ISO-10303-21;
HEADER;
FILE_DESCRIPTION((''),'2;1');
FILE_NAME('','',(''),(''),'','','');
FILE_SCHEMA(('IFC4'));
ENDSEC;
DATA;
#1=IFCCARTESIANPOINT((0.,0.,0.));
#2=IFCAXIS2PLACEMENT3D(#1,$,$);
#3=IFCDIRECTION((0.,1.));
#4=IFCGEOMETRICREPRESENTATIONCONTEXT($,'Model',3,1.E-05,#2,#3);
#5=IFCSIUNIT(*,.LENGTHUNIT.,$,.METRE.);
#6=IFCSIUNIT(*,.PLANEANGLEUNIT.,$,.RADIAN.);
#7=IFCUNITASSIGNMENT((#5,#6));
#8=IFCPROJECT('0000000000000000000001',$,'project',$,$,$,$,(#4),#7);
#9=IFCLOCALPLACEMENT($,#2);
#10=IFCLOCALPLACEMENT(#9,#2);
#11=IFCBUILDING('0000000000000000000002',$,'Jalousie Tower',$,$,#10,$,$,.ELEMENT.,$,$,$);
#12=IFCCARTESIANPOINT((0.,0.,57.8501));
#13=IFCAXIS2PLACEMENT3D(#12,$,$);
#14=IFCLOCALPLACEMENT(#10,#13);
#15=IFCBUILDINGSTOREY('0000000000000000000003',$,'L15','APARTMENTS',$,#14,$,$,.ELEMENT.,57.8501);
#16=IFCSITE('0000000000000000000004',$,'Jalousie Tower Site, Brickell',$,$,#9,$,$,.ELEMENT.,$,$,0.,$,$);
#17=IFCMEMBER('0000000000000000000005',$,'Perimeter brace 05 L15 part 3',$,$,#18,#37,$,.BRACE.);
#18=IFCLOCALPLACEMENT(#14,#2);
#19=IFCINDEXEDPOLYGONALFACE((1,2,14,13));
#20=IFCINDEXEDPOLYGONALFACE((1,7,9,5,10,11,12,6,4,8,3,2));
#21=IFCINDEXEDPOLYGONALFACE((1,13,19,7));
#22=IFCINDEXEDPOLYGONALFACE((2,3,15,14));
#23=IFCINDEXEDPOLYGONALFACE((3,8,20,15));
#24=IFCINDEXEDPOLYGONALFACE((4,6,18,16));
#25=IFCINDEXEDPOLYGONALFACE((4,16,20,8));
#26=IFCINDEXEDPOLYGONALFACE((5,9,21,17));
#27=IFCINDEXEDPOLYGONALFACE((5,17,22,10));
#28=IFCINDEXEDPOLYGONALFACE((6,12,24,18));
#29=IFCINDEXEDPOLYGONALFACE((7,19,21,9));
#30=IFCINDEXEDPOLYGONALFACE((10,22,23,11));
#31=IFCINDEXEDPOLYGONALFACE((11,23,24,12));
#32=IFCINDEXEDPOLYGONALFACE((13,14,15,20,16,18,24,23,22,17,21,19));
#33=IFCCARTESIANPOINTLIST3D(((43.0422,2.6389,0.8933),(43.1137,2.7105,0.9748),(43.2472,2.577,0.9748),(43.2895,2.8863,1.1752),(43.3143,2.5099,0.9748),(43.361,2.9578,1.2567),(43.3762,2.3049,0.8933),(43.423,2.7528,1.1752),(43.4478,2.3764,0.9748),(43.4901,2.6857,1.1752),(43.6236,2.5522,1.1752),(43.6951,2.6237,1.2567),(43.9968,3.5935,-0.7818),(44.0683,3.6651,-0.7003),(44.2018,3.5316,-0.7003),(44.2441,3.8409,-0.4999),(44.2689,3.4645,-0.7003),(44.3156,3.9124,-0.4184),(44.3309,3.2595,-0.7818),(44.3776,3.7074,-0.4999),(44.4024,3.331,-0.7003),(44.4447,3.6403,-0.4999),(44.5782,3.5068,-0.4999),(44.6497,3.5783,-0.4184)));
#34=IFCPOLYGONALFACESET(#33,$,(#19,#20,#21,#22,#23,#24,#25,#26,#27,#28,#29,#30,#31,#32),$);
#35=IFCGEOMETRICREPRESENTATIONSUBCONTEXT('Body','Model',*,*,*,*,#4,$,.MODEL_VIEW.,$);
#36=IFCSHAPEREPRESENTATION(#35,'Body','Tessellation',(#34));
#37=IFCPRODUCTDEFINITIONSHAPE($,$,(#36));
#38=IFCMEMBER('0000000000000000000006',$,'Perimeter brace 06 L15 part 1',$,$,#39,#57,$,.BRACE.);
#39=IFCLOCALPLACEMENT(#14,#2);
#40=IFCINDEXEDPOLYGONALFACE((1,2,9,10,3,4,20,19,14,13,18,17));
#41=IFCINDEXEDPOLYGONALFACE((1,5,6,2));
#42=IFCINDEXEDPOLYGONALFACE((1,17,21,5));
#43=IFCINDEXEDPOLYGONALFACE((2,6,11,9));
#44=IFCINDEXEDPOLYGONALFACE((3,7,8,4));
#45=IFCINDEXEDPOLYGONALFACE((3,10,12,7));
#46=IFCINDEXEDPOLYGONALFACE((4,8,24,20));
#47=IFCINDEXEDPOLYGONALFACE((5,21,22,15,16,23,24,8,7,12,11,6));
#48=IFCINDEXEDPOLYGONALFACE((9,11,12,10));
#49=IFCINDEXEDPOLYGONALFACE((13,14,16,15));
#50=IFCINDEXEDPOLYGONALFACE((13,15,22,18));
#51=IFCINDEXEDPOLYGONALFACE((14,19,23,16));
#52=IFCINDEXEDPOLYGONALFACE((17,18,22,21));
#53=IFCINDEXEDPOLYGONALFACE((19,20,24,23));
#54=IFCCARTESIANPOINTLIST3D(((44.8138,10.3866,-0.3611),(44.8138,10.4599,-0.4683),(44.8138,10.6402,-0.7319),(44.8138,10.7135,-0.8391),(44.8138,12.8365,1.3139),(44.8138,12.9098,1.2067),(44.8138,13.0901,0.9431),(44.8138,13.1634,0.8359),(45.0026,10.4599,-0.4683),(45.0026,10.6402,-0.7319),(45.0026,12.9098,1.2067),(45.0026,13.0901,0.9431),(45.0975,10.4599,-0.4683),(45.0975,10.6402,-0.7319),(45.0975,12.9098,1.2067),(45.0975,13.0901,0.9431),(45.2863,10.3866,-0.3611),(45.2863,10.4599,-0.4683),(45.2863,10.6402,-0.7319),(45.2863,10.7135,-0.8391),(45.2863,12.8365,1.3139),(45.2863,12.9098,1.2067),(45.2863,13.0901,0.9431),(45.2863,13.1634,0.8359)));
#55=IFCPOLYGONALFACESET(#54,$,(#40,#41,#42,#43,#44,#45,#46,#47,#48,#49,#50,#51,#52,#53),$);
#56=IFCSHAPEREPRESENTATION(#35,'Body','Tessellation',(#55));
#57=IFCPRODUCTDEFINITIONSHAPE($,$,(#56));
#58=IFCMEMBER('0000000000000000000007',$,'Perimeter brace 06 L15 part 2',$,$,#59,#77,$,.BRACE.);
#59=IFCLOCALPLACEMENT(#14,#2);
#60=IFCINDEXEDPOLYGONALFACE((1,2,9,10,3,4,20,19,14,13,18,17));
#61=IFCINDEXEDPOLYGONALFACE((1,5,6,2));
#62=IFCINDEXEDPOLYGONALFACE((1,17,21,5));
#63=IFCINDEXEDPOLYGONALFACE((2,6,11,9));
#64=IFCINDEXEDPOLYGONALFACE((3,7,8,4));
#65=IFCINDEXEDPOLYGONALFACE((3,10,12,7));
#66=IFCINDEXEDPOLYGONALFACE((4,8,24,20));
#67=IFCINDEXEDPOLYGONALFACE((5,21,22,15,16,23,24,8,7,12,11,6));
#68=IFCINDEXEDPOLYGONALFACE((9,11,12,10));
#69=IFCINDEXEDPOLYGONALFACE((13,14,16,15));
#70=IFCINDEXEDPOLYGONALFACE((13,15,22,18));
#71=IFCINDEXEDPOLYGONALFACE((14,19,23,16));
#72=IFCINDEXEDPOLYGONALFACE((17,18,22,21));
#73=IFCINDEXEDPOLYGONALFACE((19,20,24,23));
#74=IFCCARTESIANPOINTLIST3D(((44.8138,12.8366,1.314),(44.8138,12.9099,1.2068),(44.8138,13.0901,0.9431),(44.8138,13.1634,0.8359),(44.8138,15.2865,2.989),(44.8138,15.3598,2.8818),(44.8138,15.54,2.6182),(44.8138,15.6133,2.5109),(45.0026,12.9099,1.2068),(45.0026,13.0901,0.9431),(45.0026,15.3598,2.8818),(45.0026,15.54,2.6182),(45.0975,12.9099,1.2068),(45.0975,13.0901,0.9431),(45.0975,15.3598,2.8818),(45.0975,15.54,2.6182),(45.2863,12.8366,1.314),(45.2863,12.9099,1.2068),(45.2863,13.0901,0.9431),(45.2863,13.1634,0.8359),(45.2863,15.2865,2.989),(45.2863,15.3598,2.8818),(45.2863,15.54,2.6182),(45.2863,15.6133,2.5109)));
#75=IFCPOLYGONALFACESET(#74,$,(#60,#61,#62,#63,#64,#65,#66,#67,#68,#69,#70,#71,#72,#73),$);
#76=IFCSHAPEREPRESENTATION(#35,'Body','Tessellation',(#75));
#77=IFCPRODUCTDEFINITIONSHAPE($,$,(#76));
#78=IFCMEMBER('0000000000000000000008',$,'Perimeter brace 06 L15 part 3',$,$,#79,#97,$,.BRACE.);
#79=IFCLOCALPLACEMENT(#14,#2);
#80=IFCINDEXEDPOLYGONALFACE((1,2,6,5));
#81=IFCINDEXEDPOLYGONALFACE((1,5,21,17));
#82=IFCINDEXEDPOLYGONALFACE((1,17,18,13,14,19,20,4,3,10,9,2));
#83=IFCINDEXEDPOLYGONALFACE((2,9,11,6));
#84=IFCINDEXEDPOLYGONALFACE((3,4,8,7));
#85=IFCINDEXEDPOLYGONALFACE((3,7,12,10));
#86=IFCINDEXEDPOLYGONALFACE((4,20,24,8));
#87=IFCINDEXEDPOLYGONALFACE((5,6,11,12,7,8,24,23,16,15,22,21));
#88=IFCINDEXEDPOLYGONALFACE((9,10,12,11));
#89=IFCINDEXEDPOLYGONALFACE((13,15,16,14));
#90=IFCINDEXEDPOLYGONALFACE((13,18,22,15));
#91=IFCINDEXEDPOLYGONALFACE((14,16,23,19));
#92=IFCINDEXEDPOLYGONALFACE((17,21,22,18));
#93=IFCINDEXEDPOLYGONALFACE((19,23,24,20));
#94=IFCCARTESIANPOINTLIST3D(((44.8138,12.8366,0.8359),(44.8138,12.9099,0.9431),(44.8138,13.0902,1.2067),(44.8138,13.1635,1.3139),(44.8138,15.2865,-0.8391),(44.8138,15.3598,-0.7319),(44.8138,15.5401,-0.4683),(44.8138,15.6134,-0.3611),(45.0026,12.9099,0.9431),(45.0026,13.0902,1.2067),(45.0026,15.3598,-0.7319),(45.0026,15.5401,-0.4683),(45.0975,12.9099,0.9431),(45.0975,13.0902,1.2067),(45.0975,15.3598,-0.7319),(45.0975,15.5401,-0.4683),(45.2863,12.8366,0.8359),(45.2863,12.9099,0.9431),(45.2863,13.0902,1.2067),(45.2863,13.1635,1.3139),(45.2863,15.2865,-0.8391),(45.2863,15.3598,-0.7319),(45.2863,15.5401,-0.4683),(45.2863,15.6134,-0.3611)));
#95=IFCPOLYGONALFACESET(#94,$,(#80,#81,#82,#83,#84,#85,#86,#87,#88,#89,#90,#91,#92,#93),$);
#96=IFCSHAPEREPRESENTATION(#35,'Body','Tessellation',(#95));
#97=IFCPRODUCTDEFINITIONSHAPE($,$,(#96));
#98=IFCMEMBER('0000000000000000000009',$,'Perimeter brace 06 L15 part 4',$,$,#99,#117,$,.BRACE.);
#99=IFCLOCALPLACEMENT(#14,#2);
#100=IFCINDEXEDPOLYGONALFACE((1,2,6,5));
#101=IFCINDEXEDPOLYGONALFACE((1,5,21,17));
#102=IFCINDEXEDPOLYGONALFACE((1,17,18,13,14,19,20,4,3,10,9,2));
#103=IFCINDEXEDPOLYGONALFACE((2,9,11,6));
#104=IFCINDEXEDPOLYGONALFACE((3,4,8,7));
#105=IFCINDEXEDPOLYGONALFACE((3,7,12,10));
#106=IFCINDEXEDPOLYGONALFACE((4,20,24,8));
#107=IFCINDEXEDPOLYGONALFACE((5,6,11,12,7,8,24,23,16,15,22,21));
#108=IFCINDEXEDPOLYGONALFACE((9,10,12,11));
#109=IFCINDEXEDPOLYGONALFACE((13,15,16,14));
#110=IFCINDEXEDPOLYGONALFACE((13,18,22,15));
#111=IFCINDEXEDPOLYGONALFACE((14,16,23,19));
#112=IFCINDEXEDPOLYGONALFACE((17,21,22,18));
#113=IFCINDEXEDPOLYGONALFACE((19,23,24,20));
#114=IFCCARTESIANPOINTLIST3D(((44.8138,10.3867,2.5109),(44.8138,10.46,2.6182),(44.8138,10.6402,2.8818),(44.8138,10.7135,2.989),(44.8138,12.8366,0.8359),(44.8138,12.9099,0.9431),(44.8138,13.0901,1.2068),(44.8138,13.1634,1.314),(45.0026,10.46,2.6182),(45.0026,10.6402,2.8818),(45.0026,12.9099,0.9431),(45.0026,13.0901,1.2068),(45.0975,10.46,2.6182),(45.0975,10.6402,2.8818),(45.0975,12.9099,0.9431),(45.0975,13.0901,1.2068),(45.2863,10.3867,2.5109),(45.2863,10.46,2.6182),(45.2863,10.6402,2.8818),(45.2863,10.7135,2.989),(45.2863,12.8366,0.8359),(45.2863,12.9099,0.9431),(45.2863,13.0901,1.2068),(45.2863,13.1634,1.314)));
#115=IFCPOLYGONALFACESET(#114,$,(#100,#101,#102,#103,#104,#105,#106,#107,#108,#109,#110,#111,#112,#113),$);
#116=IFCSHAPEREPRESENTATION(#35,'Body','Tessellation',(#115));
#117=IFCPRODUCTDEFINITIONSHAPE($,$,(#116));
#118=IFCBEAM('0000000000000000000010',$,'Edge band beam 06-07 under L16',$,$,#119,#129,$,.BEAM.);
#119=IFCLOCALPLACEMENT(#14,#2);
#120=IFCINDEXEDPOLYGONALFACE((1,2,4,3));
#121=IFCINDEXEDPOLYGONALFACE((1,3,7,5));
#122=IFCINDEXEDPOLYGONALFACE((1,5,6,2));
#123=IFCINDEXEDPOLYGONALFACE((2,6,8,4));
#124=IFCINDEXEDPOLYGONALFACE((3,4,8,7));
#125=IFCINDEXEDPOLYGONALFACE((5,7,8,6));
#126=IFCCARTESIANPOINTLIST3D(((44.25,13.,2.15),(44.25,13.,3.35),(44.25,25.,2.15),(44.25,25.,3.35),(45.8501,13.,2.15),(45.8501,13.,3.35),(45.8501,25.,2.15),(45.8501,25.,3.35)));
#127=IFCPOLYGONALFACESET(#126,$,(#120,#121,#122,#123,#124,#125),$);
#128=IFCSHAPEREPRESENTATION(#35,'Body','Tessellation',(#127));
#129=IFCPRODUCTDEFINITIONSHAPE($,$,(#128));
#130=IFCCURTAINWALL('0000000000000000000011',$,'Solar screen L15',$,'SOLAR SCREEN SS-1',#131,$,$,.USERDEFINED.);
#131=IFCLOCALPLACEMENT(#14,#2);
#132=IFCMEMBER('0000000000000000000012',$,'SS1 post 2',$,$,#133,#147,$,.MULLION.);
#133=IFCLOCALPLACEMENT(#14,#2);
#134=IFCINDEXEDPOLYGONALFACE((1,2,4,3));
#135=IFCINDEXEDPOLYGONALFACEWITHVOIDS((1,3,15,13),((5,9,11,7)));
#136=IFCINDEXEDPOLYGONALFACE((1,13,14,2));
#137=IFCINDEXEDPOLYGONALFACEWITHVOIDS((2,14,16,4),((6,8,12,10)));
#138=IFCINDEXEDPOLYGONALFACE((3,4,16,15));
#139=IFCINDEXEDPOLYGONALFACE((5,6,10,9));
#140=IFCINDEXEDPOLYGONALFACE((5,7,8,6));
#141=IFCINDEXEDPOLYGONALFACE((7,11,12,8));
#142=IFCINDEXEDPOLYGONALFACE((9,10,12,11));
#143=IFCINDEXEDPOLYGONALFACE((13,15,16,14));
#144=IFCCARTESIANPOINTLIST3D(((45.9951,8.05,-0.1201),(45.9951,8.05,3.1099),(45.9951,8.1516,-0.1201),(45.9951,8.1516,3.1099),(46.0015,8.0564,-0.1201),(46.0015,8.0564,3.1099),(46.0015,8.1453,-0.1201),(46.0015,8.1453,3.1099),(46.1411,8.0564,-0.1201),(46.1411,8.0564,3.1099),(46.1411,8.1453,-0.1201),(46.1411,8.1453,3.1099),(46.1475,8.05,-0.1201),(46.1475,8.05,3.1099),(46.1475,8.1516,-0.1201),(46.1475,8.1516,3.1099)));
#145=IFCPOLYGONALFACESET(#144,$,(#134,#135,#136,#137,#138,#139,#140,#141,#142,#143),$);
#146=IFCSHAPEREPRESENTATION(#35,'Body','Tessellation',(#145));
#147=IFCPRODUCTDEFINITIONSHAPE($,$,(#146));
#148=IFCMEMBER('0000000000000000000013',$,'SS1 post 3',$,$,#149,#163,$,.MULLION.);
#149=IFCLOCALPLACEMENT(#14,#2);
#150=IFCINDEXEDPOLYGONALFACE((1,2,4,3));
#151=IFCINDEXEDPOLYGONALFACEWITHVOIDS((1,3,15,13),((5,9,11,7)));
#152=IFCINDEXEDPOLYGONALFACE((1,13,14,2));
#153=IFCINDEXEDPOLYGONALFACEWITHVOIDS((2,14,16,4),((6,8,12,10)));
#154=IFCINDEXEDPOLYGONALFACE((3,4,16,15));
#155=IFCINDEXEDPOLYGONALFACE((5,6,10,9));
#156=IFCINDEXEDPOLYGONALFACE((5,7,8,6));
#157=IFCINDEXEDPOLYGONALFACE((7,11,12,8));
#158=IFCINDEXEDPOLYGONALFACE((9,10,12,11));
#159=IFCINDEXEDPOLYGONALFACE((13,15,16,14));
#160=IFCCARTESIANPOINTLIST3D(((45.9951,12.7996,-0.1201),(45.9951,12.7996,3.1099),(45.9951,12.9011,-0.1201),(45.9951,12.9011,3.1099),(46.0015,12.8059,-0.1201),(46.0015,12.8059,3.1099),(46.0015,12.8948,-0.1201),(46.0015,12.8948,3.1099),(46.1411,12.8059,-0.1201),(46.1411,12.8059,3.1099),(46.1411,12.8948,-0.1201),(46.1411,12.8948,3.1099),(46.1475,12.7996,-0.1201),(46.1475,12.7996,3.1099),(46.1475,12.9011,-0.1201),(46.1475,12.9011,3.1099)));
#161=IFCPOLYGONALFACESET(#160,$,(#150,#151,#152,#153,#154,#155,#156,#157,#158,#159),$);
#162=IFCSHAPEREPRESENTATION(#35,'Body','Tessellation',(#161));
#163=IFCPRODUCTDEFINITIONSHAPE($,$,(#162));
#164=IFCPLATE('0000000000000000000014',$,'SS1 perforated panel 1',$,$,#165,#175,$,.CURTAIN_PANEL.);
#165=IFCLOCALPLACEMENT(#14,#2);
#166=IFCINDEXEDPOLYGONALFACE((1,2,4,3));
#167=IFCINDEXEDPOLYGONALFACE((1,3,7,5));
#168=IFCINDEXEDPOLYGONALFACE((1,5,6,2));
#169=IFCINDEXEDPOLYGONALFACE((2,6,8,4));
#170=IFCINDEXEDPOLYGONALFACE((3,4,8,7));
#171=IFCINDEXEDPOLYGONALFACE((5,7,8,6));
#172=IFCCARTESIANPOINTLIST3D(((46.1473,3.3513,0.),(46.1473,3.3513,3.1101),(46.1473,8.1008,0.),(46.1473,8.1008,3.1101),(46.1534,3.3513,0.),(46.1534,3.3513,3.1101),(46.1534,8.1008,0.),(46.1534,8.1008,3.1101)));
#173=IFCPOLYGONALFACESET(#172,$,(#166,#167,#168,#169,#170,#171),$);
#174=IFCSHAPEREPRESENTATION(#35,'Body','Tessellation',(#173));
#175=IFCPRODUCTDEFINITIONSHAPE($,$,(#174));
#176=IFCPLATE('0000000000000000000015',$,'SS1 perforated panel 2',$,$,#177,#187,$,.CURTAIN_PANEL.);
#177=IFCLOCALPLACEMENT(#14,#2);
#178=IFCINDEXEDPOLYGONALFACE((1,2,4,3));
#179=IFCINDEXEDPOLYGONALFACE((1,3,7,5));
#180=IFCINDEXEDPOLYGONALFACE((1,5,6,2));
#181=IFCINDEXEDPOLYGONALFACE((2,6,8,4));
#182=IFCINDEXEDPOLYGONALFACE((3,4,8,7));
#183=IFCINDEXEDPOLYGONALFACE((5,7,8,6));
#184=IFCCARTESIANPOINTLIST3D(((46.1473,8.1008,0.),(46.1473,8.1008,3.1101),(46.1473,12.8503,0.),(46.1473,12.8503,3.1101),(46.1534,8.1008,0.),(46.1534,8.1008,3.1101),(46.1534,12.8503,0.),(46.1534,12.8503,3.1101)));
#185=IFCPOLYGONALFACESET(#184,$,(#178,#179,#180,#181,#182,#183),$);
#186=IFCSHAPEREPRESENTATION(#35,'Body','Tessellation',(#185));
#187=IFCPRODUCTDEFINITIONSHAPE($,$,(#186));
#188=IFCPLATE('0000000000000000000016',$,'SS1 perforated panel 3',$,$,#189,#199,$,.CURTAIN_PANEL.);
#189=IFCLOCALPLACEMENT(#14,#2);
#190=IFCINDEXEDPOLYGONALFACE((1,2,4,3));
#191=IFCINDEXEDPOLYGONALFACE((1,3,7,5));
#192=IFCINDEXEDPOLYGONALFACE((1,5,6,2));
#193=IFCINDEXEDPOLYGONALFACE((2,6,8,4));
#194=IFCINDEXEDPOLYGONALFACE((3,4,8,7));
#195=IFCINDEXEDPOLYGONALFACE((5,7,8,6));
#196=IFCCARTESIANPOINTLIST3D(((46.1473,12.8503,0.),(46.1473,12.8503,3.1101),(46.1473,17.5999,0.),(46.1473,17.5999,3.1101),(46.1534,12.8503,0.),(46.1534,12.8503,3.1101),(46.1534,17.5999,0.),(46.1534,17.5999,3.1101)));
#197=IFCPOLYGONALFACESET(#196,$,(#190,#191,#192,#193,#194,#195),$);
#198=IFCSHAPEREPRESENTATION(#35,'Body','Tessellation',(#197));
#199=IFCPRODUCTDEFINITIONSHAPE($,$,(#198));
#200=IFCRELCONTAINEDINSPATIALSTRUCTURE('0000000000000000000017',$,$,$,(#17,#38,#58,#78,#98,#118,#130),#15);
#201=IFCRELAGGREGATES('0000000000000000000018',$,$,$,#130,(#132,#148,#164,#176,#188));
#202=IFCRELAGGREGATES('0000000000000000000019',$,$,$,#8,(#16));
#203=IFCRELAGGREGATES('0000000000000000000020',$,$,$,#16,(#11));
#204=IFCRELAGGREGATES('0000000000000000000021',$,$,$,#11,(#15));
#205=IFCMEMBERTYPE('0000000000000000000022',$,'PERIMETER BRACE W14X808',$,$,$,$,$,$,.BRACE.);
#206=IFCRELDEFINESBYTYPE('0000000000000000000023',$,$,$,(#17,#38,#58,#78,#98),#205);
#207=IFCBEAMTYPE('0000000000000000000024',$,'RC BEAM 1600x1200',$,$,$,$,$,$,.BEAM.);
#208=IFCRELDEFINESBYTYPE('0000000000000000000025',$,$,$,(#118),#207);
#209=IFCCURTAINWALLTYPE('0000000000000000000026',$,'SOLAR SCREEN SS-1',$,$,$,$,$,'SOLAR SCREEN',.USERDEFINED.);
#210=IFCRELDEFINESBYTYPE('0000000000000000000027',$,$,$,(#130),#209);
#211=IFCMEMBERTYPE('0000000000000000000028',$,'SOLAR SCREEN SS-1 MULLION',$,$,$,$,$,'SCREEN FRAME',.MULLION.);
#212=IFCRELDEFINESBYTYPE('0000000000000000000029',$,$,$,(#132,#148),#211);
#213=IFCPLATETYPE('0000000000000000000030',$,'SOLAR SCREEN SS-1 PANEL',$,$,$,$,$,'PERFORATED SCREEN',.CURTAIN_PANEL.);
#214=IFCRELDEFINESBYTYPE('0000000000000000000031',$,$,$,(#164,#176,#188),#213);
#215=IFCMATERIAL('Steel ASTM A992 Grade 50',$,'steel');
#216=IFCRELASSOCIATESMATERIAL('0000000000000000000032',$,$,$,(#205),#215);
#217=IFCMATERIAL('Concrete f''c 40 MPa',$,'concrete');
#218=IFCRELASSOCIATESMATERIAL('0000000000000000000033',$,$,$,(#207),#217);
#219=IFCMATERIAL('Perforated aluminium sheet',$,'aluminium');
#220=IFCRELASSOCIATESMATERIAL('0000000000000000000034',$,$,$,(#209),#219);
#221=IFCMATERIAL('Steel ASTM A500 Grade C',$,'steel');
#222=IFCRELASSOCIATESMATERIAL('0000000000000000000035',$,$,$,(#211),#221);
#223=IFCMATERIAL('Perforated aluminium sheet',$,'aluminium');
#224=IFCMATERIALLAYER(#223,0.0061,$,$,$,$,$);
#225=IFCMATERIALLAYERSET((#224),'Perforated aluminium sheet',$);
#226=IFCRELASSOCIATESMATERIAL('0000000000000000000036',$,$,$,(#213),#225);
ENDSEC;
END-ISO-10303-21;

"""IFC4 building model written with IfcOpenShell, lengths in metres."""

from ifc_helpers import new_model, si_unit, direction, frame, origin, origin_2d, place, context, subcontext, project, spatial, rectangle, hollow_rectangle, i_section, extrude, material, layer, layer_set, material_profile, profile_set, type_object, element, aggregate, save


model = new_model("IFC4")

# Units and contexts
model_context = context("Model", 3, precision=1e-05, world=origin(), true_north=direction((0.0, 1.0)))
body_context = subcontext(model_context, "Body", "Model", "MODEL_VIEW")
ifc_project = project(units=[si_unit("LENGTHUNIT", "METRE"), si_unit("PLANEANGLEUNIT", "RADIAN")], contexts=[model_context])

# Site, building, storey
site_placement = place(None, origin())
site = spatial("IfcSite", under=ifc_project, at=site_placement, Name="Jalousie Tower Site, Brickell", CompositionType="ELEMENT", RefElevation=0.0)
building_placement = place(site_placement, origin())
building = spatial("IfcBuilding", under=site, at=building_placement, Name="Jalousie Tower", CompositionType="ELEMENT")
storey_placement = place(building_placement, frame((0.0, 0.0, 57.8501)))
storey = spatial("IfcBuildingStorey", under=building, at=storey_placement, Name="L15", Description="APARTMENTS", CompositionType="ELEMENT", Elevation=57.8501)

# Members
ifc_material_1 = material(Name="Steel ASTM A992 Grade 50", Category="steel")
ifc_material_profile_1 = material_profile(ifc_material_1, i_section(OverallWidth=0.4724, OverallDepth=0.5791, WebThickness=0.095, FlangeThickness=0.1299, at=origin_2d()), Name="W14X808")
ifc_profile_set_1 = profile_set([ifc_material_profile_1], Name="Steel ASTM A992 Grade 50")
member_type_1 = type_object("IfcMemberType", Name="PERIMETER BRACE W14X808", PredefinedType="BRACE", material=ifc_profile_set_1)
member_1_placement = place(storey_placement, frame((44.3232, 3.5859, -0.6001), z_axis=(-0.443718, -0.443718, 0.778607), x_axis=(0.707107, -0.707107, 0.0)))
element("IfcMember", 1, at=member_1_placement, inside=storey, type_object=member_type_1, Name="Perimeter brace 05 L15 part 3", PredefinedType="BRACE", context=body_context, shape_type="SweptSolid", body=[
    extrude(i_section(OverallWidth=0.4724, OverallDepth=0.5791, WebThickness=0.095, FlangeThickness=0.1299, at=origin_2d()), origin(), (0.0, 0.0, 1.0), 2.1514),
])
for number, where, z_axis, x_axis, name in (
    (2, (45.05, 10.55, -0.6001), (0.0, 0.825501, 0.564401), (-1.0, 0.0, 0.0), "Perimeter brace 06 L15 part 1"),
    (3, (45.05, 13.0, 1.075), (0.0, 0.825501, 0.564401), (-1.0, 0.0, 0.0), "Perimeter brace 06 L15 part 2"),
    (4, (45.05, 15.45, -0.6001), (0.0, -0.825501, 0.564401), (1.0, 0.0, 0.0), "Perimeter brace 06 L15 part 3"),
    (5, (45.05, 13.0, 1.075), (0.0, -0.825501, 0.564401), (1.0, 0.0, 0.0), "Perimeter brace 06 L15 part 4"),
):
    element("IfcMember", number, at=place(storey_placement, frame(where, z_axis=z_axis, x_axis=x_axis)), inside=storey, type_object=member_type_1, Name=name, PredefinedType="BRACE", context=body_context, shape_type="SweptSolid", body=[
        extrude(i_section(OverallWidth=0.4724, OverallDepth=0.5791, WebThickness=0.095, FlangeThickness=0.1299, at=origin_2d()), origin(), (0.0, 0.0, 1.0), 2.9678),
    ])

# Beam
ifc_material_2 = material(Name="Concrete f'c 40 MPa", Category="concrete")
ifc_material_profile_2 = material_profile(ifc_material_2, rectangle(XDim=1.6001, YDim=1.2, at=origin_2d()), Name="RC 1600x1200")
ifc_profile_set_2 = profile_set([ifc_material_profile_2], Name="Concrete f'c 40 MPa")
beam_type = type_object("IfcBeamType", Name="RC BEAM 1600x1200", PredefinedType="BEAM", material=ifc_profile_set_2)
beam_placement = place(storey_placement, frame((45.05, 13.0, 2.75), z_axis=(0.0, 1.0, 0.0), x_axis=(-1.0, 0.0, 0.0)))
element("IfcBeam", 6, at=beam_placement, inside=storey, type_object=beam_type, Name="Edge band beam 06-07 under L16", PredefinedType="BEAM", context=body_context, shape_type="SweptSolid", body=[
    extrude(rectangle(XDim=1.6001, YDim=1.2, at=origin_2d()), origin(), (0.0, 0.0, 1.0), 12.0),
])

# Curtain wall, members, plates
ifc_material_3 = material(Name="Perforated aluminium sheet", Category="aluminium")
curtain_wall_type = type_object("IfcCurtainWallType", Name="SOLAR SCREEN SS-1", ElementType="SOLAR SCREEN", PredefinedType="USERDEFINED", material=ifc_material_3)
curtain_wall_placement = place(storey_placement, origin())
curtain_wall = element("IfcCurtainWall", 7, at=curtain_wall_placement, inside=storey, type_object=curtain_wall_type, Name="Solar screen L15", ObjectType="SOLAR SCREEN SS-1", PredefinedType="USERDEFINED")
ifc_material_4 = material(Name="Steel ASTM A500 Grade C", Category="steel")
ifc_material_profile_3 = material_profile(ifc_material_4, hollow_rectangle(XDim=0.1016, YDim=0.1523, WallThickness=0.0063, at=origin_2d()), Name="HSS6X4X1/4")
ifc_profile_set_3 = profile_set([ifc_material_profile_3], Name="Steel ASTM A500 Grade C")
member_type_2 = type_object("IfcMemberType", Name="SOLAR SCREEN SS-1 MULLION", ElementType="SCREEN FRAME", PredefinedType="MULLION", material=ifc_profile_set_3)
member_2_placement = place(storey_placement, frame((46.0713, 8.1008, -0.1201), z_axis=(0.0, 0.0, 1.0), x_axis=(0.0, 1.0, 0.0)))
member_2 = element("IfcMember", 8, at=member_2_placement, type_object=member_type_2, Name="SS1 post 2", PredefinedType="MULLION", context=body_context, shape_type="SweptSolid", body=[
    extrude(hollow_rectangle(XDim=0.1016, YDim=0.1523, WallThickness=0.0063, at=origin_2d()), origin(), (0.0, 0.0, 1.0), 3.23),
])
member_3_placement = place(storey_placement, frame((46.0713, 12.8503, -0.1201), z_axis=(0.0, 0.0, 1.0), x_axis=(0.0, 1.0, 0.0)))
member_3 = element("IfcMember", 9, at=member_3_placement, type_object=member_type_2, Name="SS1 post 3", PredefinedType="MULLION", context=body_context, shape_type="SweptSolid", body=[
    extrude(hollow_rectangle(XDim=0.1016, YDim=0.1523, WallThickness=0.0063, at=origin_2d()), origin(), (0.0, 0.0, 1.0), 3.23),
])
ifc_material_5 = material(Name="Perforated aluminium sheet", Category="aluminium")
ifc_layer_1 = layer(ifc_material_5, 0.0061)
ifc_layer_set_1 = layer_set([ifc_layer_1], Name="Perforated aluminium sheet")
plate_type = type_object("IfcPlateType", Name="SOLAR SCREEN SS-1 PANEL", ElementType="PERFORATED SCREEN", PredefinedType="CURTAIN_PANEL", material=ifc_layer_set_1)
plate_1_placement = place(storey_placement, frame((46.1504, 5.7261, 0.0), z_axis=(0.0, 0.0, 1.0), x_axis=(0.0, 1.0, 0.0)))
plate_1 = element("IfcPlate", 10, at=plate_1_placement, type_object=plate_type, Name="SS1 perforated panel 1", PredefinedType="CURTAIN_PANEL", context=body_context, shape_type="SweptSolid", body=[
    extrude(rectangle(XDim=4.7495, YDim=0.0061, at=origin_2d()), origin(), (0.0, 0.0, 1.0), 3.1101),
])
plate_2_placement = place(storey_placement, frame((46.1504, 10.4756, 0.0), z_axis=(0.0, 0.0, 1.0), x_axis=(0.0, 1.0, 0.0)))
plate_2 = element("IfcPlate", 11, at=plate_2_placement, type_object=plate_type, Name="SS1 perforated panel 2", PredefinedType="CURTAIN_PANEL", context=body_context, shape_type="SweptSolid", body=[
    extrude(rectangle(XDim=4.7495, YDim=0.0061, at=origin_2d()), origin(), (0.0, 0.0, 1.0), 3.1101),
])
plate_3_placement = place(storey_placement, frame((46.1504, 15.2251, 0.0), z_axis=(0.0, 0.0, 1.0), x_axis=(0.0, 1.0, 0.0)))
plate_3 = element("IfcPlate", 12, at=plate_3_placement, type_object=plate_type, Name="SS1 perforated panel 3", PredefinedType="CURTAIN_PANEL", context=body_context, shape_type="SweptSolid", body=[
    extrude(rectangle(XDim=4.7495, YDim=0.0061, at=origin_2d()), origin(), (0.0, 0.0, 1.0), 3.1101),
])
aggregate(curtain_wall, [member_2, member_3, plate_1, plate_2, plate_3])

save(model, "model.ifc")
